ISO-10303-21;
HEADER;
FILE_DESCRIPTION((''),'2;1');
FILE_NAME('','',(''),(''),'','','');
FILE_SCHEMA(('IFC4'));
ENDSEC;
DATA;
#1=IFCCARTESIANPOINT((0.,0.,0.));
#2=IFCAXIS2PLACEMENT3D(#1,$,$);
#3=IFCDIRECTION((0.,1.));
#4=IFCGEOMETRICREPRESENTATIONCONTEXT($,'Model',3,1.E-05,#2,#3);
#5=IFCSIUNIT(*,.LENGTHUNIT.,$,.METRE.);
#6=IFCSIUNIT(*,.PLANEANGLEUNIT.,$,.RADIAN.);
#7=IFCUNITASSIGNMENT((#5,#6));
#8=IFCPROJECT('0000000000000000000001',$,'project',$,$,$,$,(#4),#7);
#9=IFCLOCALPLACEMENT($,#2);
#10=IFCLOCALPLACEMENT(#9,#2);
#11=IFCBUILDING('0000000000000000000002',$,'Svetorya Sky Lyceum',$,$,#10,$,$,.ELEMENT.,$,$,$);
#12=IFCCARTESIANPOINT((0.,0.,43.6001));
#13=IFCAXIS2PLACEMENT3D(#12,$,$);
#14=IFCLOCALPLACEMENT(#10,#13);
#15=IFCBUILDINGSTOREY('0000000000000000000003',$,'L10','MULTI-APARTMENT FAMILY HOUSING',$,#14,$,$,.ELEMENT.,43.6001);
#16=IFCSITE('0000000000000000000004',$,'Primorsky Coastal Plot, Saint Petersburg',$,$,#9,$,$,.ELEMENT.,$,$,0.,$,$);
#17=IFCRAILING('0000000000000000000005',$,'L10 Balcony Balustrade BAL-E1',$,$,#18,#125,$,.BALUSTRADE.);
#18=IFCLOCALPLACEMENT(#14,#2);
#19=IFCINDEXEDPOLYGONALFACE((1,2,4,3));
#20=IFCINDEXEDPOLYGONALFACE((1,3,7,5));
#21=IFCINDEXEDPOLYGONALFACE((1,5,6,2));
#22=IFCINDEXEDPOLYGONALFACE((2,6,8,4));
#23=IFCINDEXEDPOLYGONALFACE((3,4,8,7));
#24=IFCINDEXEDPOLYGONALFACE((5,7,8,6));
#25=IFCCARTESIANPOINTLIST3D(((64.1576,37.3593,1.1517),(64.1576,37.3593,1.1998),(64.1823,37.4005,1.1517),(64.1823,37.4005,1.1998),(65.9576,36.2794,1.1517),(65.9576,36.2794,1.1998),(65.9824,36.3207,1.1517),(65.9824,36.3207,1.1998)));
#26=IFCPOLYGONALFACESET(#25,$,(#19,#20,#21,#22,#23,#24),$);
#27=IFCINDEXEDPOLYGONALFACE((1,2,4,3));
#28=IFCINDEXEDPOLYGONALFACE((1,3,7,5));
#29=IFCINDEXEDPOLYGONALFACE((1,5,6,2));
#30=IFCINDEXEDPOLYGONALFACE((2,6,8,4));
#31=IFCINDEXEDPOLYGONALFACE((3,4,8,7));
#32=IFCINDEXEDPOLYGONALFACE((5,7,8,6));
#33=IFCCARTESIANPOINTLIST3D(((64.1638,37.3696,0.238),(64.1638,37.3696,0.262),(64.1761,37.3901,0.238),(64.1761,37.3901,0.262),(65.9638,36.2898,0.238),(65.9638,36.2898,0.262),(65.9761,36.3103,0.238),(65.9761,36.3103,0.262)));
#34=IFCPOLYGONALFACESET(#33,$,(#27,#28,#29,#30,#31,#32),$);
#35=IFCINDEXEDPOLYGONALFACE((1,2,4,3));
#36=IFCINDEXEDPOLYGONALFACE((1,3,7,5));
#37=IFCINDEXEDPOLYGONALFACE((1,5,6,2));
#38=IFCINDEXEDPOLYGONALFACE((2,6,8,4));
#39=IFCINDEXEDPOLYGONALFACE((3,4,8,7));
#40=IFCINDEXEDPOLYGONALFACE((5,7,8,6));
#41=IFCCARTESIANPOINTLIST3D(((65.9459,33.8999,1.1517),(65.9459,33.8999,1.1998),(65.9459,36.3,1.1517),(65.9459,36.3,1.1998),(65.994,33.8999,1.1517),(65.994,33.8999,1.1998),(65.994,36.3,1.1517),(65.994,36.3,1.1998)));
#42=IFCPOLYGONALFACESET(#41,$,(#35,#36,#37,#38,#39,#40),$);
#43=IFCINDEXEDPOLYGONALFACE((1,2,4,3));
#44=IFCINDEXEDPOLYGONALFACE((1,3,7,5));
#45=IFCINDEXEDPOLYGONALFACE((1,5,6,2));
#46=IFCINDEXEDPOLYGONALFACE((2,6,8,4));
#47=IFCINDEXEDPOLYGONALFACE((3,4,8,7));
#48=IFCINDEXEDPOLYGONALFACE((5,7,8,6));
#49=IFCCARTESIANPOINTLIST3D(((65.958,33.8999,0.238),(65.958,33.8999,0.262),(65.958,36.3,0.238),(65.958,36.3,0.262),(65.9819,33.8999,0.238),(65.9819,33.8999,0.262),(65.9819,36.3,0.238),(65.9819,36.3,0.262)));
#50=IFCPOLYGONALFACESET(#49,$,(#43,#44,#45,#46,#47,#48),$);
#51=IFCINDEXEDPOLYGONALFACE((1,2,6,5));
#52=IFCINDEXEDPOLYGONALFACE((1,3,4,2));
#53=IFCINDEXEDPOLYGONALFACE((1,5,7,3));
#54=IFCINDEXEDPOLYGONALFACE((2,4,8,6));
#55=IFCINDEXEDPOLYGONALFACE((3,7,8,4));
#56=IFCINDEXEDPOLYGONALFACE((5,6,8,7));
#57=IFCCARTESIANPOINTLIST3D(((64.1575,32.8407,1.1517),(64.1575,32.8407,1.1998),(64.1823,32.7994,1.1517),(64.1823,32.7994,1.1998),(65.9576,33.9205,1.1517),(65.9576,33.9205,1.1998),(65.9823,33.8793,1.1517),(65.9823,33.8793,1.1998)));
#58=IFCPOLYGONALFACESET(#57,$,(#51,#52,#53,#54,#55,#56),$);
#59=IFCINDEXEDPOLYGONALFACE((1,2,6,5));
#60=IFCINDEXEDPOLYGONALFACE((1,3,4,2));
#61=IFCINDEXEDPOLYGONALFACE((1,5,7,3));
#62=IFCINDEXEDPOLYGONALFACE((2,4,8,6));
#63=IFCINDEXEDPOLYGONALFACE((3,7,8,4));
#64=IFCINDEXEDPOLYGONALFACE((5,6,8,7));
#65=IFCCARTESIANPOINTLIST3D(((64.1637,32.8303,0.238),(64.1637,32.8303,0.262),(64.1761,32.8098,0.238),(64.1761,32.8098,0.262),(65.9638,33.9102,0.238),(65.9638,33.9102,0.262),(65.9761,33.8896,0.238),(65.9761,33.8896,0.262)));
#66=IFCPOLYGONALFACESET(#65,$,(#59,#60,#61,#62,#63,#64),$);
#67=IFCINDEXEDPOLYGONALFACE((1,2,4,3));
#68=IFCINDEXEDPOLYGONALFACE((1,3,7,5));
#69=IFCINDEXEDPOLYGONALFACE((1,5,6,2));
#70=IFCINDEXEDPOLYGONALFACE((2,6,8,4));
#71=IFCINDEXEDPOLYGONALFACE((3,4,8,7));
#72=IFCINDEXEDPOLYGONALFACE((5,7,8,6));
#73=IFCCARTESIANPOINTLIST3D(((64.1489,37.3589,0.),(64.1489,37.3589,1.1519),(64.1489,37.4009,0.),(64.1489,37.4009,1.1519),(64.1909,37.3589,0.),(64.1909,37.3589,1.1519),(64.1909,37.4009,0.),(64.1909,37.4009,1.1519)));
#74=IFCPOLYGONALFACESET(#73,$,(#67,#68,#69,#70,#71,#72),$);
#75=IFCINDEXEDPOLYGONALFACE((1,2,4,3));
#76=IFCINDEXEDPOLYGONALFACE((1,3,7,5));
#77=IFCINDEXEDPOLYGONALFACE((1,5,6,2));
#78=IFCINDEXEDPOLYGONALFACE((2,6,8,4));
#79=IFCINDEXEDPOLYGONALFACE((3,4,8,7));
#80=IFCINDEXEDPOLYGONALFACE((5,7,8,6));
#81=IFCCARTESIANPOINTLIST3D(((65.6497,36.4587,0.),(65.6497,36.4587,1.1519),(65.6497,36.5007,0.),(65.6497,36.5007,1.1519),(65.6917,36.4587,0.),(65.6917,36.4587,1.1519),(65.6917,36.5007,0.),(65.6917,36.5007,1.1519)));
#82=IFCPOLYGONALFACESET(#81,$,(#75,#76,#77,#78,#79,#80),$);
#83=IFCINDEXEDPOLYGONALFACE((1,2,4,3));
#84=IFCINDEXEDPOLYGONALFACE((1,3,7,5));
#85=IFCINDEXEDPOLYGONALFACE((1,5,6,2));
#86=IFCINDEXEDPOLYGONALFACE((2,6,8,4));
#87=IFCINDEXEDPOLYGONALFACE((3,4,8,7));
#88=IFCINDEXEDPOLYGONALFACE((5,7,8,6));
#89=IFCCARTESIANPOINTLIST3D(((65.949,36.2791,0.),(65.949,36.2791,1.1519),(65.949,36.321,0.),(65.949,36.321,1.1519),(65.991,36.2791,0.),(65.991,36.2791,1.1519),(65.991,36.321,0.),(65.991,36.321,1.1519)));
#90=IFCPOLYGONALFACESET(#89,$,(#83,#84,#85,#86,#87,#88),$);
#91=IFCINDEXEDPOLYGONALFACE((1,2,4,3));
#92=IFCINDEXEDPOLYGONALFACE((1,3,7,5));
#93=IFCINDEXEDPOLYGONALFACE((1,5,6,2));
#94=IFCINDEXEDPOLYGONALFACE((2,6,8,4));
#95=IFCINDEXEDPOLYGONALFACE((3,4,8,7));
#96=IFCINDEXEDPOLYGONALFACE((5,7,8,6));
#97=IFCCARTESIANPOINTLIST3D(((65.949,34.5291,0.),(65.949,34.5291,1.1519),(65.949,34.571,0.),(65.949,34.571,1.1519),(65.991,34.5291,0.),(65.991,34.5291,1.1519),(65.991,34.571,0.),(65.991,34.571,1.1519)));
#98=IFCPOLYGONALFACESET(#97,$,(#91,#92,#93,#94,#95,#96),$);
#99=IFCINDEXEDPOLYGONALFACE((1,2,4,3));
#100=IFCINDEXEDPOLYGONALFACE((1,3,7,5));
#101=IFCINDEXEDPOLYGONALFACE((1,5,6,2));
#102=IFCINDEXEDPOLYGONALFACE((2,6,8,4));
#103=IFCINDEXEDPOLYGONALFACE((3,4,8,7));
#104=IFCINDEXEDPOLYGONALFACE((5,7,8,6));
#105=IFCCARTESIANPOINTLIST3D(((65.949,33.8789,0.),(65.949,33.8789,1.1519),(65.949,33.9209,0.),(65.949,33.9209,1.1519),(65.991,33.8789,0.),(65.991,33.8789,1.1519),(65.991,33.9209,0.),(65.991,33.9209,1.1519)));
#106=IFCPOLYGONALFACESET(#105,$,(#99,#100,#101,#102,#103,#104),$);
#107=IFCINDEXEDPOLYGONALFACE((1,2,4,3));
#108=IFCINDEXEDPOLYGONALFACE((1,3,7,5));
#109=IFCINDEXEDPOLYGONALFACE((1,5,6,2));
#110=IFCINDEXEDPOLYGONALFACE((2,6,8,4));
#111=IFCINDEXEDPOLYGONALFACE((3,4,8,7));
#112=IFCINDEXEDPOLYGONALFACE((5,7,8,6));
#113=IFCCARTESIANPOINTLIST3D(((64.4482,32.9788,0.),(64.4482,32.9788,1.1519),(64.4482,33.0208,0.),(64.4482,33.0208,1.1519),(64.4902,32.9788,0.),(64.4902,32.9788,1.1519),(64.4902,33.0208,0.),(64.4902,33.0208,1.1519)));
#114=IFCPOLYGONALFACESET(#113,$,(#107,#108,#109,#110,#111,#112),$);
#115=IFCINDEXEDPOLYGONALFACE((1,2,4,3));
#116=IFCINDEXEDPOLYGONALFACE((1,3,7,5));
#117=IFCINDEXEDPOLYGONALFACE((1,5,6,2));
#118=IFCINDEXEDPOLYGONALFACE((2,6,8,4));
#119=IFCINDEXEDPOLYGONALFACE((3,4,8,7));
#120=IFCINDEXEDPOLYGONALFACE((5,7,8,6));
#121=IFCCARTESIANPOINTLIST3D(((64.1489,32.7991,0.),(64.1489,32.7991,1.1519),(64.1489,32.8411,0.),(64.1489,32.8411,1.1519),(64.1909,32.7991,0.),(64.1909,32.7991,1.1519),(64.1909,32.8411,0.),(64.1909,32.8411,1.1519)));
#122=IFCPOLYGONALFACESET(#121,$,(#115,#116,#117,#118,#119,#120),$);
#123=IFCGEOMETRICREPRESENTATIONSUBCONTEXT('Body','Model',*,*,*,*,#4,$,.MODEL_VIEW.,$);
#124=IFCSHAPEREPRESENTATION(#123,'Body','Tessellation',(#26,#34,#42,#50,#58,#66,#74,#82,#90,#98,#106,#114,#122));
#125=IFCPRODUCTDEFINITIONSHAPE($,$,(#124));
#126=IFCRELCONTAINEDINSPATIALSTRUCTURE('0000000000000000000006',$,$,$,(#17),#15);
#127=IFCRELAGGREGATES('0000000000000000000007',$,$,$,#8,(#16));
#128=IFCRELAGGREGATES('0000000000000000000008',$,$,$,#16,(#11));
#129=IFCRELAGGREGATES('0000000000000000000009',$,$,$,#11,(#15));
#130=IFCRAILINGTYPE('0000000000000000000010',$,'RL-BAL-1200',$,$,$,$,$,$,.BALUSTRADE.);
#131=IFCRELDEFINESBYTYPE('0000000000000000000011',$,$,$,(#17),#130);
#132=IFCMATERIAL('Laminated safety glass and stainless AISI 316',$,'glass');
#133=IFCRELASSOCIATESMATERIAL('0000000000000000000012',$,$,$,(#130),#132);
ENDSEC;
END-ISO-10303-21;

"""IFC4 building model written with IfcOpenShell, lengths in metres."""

from ifc_helpers import new_model, si_unit, direction, frame, origin, origin_2d, place, context, subcontext, project, spatial, rectangle, extrude, material, type_object, element, save


model = new_model("IFC4")

# Units and contexts
model_context = context("Model", 3, precision=1e-05, world=origin(), true_north=direction((0.0, 1.0)))
body_context = subcontext(model_context, "Body", "Model", "MODEL_VIEW")
ifc_project = project(units=[si_unit("LENGTHUNIT", "METRE"), si_unit("PLANEANGLEUNIT", "RADIAN")], contexts=[model_context])

# Site, building, storey
site_placement = place(None, origin())
site = spatial("IfcSite", under=ifc_project, at=site_placement, Name="Primorsky Coastal Plot, Saint Petersburg", CompositionType="ELEMENT", RefElevation=0.0)
building_placement = place(site_placement, origin())
building = spatial("IfcBuilding", under=site, at=building_placement, Name="Svetorya Sky Lyceum", CompositionType="ELEMENT")
storey_placement = place(building_placement, frame((0.0, 0.0, 43.6001)))
storey = spatial("IfcBuildingStorey", under=building, at=storey_placement, Name="L10", Description="MULTI-APARTMENT FAMILY HOUSING", CompositionType="ELEMENT", Elevation=43.6001)

# Railing
ifc_material_1 = material(Name="Laminated safety glass and stainless AISI 316", Category="glass")
railing_type = type_object("IfcRailingType", Name="RL-BAL-1200", PredefinedType="BALUSTRADE", material=ifc_material_1)
railing_placement = place(storey_placement, frame((64.1699, 37.3799, 0.0)))
element("IfcRailing", 1, at=railing_placement, inside=storey, type_object=railing_type, Name="L10 Balcony Balustrade BAL-E1", PredefinedType="BALUSTRADE", context=body_context, shape_type="SweptSolid", body=[
    extrude(rectangle(XDim=0.0481, YDim=0.0481, at=origin_2d()), frame((0.0, 0.0, 1.1758), z_axis=(0.857534, -0.514427, 0.0), x_axis=(0.514427, 0.857534, 0.0)), (0.0, 0.0, 1.0), 2.0991),
    extrude(rectangle(XDim=0.0239, YDim=0.0239, at=origin_2d()), frame((0.0, 0.0, 0.25), z_axis=(0.857534, -0.514427, 0.0), x_axis=(0.514427, 0.857534, 0.0)), (0.0, 0.0, 1.0), 2.0991),
    extrude(rectangle(XDim=0.0481, YDim=0.0481, at=origin_2d()), frame((1.8, -1.0798, 1.1758), z_axis=(0.0, -1.0, 0.0), x_axis=(1.0, 0.0, 0.0)), (0.0, 0.0, 1.0), 2.4001),
    extrude(rectangle(XDim=0.0239, YDim=0.0239, at=origin_2d()), frame((1.8, -1.0798, 0.25), z_axis=(0.0, -1.0, 0.0), x_axis=(1.0, 0.0, 0.0)), (0.0, 0.0, 1.0), 2.4001),
    extrude(rectangle(XDim=0.0481, YDim=0.0481, at=origin_2d()), frame((1.8, -3.48, 1.1758), z_axis=(-0.857534, -0.514427, 0.0), x_axis=(0.514427, -0.857534, 0.0)), (0.0, 0.0, 1.0), 2.0991),
    extrude(rectangle(XDim=0.0239, YDim=0.0239, at=origin_2d()), frame((1.8, -3.48, 0.25), z_axis=(-0.857534, -0.514427, 0.0), x_axis=(0.514427, -0.857534, 0.0)), (0.0, 0.0, 1.0), 2.0991),
    extrude(rectangle(XDim=0.042, YDim=0.042, at=origin_2d()), origin(), (0.0, 0.0, 1.0), 1.1519),
    extrude(rectangle(XDim=0.042, YDim=0.042, at=origin_2d()), frame((1.5007, -0.9001, 0.0)), (0.0, 0.0, 1.0), 1.1519),
    extrude(rectangle(XDim=0.042, YDim=0.042, at=origin_2d()), frame((1.8, -1.0798, 0.0)), (0.0, 0.0, 1.0), 1.1519),
    extrude(rectangle(XDim=0.042, YDim=0.042, at=origin_2d()), frame((1.8, -2.8298, 0.0)), (0.0, 0.0, 1.0), 1.1519),
    extrude(rectangle(XDim=0.042, YDim=0.042, at=origin_2d()), frame((1.8, -3.48, 0.0)), (0.0, 0.0, 1.0), 1.1519),
    extrude(rectangle(XDim=0.042, YDim=0.042, at=origin_2d()), frame((0.2993, -4.3801, 0.0)), (0.0, 0.0, 1.0), 1.1519),
    extrude(rectangle(XDim=0.042, YDim=0.042, at=origin_2d()), frame((0.0, -4.5598, 0.0)), (0.0, 0.0, 1.0), 1.1519),
])

save(model, "model.ifc")
